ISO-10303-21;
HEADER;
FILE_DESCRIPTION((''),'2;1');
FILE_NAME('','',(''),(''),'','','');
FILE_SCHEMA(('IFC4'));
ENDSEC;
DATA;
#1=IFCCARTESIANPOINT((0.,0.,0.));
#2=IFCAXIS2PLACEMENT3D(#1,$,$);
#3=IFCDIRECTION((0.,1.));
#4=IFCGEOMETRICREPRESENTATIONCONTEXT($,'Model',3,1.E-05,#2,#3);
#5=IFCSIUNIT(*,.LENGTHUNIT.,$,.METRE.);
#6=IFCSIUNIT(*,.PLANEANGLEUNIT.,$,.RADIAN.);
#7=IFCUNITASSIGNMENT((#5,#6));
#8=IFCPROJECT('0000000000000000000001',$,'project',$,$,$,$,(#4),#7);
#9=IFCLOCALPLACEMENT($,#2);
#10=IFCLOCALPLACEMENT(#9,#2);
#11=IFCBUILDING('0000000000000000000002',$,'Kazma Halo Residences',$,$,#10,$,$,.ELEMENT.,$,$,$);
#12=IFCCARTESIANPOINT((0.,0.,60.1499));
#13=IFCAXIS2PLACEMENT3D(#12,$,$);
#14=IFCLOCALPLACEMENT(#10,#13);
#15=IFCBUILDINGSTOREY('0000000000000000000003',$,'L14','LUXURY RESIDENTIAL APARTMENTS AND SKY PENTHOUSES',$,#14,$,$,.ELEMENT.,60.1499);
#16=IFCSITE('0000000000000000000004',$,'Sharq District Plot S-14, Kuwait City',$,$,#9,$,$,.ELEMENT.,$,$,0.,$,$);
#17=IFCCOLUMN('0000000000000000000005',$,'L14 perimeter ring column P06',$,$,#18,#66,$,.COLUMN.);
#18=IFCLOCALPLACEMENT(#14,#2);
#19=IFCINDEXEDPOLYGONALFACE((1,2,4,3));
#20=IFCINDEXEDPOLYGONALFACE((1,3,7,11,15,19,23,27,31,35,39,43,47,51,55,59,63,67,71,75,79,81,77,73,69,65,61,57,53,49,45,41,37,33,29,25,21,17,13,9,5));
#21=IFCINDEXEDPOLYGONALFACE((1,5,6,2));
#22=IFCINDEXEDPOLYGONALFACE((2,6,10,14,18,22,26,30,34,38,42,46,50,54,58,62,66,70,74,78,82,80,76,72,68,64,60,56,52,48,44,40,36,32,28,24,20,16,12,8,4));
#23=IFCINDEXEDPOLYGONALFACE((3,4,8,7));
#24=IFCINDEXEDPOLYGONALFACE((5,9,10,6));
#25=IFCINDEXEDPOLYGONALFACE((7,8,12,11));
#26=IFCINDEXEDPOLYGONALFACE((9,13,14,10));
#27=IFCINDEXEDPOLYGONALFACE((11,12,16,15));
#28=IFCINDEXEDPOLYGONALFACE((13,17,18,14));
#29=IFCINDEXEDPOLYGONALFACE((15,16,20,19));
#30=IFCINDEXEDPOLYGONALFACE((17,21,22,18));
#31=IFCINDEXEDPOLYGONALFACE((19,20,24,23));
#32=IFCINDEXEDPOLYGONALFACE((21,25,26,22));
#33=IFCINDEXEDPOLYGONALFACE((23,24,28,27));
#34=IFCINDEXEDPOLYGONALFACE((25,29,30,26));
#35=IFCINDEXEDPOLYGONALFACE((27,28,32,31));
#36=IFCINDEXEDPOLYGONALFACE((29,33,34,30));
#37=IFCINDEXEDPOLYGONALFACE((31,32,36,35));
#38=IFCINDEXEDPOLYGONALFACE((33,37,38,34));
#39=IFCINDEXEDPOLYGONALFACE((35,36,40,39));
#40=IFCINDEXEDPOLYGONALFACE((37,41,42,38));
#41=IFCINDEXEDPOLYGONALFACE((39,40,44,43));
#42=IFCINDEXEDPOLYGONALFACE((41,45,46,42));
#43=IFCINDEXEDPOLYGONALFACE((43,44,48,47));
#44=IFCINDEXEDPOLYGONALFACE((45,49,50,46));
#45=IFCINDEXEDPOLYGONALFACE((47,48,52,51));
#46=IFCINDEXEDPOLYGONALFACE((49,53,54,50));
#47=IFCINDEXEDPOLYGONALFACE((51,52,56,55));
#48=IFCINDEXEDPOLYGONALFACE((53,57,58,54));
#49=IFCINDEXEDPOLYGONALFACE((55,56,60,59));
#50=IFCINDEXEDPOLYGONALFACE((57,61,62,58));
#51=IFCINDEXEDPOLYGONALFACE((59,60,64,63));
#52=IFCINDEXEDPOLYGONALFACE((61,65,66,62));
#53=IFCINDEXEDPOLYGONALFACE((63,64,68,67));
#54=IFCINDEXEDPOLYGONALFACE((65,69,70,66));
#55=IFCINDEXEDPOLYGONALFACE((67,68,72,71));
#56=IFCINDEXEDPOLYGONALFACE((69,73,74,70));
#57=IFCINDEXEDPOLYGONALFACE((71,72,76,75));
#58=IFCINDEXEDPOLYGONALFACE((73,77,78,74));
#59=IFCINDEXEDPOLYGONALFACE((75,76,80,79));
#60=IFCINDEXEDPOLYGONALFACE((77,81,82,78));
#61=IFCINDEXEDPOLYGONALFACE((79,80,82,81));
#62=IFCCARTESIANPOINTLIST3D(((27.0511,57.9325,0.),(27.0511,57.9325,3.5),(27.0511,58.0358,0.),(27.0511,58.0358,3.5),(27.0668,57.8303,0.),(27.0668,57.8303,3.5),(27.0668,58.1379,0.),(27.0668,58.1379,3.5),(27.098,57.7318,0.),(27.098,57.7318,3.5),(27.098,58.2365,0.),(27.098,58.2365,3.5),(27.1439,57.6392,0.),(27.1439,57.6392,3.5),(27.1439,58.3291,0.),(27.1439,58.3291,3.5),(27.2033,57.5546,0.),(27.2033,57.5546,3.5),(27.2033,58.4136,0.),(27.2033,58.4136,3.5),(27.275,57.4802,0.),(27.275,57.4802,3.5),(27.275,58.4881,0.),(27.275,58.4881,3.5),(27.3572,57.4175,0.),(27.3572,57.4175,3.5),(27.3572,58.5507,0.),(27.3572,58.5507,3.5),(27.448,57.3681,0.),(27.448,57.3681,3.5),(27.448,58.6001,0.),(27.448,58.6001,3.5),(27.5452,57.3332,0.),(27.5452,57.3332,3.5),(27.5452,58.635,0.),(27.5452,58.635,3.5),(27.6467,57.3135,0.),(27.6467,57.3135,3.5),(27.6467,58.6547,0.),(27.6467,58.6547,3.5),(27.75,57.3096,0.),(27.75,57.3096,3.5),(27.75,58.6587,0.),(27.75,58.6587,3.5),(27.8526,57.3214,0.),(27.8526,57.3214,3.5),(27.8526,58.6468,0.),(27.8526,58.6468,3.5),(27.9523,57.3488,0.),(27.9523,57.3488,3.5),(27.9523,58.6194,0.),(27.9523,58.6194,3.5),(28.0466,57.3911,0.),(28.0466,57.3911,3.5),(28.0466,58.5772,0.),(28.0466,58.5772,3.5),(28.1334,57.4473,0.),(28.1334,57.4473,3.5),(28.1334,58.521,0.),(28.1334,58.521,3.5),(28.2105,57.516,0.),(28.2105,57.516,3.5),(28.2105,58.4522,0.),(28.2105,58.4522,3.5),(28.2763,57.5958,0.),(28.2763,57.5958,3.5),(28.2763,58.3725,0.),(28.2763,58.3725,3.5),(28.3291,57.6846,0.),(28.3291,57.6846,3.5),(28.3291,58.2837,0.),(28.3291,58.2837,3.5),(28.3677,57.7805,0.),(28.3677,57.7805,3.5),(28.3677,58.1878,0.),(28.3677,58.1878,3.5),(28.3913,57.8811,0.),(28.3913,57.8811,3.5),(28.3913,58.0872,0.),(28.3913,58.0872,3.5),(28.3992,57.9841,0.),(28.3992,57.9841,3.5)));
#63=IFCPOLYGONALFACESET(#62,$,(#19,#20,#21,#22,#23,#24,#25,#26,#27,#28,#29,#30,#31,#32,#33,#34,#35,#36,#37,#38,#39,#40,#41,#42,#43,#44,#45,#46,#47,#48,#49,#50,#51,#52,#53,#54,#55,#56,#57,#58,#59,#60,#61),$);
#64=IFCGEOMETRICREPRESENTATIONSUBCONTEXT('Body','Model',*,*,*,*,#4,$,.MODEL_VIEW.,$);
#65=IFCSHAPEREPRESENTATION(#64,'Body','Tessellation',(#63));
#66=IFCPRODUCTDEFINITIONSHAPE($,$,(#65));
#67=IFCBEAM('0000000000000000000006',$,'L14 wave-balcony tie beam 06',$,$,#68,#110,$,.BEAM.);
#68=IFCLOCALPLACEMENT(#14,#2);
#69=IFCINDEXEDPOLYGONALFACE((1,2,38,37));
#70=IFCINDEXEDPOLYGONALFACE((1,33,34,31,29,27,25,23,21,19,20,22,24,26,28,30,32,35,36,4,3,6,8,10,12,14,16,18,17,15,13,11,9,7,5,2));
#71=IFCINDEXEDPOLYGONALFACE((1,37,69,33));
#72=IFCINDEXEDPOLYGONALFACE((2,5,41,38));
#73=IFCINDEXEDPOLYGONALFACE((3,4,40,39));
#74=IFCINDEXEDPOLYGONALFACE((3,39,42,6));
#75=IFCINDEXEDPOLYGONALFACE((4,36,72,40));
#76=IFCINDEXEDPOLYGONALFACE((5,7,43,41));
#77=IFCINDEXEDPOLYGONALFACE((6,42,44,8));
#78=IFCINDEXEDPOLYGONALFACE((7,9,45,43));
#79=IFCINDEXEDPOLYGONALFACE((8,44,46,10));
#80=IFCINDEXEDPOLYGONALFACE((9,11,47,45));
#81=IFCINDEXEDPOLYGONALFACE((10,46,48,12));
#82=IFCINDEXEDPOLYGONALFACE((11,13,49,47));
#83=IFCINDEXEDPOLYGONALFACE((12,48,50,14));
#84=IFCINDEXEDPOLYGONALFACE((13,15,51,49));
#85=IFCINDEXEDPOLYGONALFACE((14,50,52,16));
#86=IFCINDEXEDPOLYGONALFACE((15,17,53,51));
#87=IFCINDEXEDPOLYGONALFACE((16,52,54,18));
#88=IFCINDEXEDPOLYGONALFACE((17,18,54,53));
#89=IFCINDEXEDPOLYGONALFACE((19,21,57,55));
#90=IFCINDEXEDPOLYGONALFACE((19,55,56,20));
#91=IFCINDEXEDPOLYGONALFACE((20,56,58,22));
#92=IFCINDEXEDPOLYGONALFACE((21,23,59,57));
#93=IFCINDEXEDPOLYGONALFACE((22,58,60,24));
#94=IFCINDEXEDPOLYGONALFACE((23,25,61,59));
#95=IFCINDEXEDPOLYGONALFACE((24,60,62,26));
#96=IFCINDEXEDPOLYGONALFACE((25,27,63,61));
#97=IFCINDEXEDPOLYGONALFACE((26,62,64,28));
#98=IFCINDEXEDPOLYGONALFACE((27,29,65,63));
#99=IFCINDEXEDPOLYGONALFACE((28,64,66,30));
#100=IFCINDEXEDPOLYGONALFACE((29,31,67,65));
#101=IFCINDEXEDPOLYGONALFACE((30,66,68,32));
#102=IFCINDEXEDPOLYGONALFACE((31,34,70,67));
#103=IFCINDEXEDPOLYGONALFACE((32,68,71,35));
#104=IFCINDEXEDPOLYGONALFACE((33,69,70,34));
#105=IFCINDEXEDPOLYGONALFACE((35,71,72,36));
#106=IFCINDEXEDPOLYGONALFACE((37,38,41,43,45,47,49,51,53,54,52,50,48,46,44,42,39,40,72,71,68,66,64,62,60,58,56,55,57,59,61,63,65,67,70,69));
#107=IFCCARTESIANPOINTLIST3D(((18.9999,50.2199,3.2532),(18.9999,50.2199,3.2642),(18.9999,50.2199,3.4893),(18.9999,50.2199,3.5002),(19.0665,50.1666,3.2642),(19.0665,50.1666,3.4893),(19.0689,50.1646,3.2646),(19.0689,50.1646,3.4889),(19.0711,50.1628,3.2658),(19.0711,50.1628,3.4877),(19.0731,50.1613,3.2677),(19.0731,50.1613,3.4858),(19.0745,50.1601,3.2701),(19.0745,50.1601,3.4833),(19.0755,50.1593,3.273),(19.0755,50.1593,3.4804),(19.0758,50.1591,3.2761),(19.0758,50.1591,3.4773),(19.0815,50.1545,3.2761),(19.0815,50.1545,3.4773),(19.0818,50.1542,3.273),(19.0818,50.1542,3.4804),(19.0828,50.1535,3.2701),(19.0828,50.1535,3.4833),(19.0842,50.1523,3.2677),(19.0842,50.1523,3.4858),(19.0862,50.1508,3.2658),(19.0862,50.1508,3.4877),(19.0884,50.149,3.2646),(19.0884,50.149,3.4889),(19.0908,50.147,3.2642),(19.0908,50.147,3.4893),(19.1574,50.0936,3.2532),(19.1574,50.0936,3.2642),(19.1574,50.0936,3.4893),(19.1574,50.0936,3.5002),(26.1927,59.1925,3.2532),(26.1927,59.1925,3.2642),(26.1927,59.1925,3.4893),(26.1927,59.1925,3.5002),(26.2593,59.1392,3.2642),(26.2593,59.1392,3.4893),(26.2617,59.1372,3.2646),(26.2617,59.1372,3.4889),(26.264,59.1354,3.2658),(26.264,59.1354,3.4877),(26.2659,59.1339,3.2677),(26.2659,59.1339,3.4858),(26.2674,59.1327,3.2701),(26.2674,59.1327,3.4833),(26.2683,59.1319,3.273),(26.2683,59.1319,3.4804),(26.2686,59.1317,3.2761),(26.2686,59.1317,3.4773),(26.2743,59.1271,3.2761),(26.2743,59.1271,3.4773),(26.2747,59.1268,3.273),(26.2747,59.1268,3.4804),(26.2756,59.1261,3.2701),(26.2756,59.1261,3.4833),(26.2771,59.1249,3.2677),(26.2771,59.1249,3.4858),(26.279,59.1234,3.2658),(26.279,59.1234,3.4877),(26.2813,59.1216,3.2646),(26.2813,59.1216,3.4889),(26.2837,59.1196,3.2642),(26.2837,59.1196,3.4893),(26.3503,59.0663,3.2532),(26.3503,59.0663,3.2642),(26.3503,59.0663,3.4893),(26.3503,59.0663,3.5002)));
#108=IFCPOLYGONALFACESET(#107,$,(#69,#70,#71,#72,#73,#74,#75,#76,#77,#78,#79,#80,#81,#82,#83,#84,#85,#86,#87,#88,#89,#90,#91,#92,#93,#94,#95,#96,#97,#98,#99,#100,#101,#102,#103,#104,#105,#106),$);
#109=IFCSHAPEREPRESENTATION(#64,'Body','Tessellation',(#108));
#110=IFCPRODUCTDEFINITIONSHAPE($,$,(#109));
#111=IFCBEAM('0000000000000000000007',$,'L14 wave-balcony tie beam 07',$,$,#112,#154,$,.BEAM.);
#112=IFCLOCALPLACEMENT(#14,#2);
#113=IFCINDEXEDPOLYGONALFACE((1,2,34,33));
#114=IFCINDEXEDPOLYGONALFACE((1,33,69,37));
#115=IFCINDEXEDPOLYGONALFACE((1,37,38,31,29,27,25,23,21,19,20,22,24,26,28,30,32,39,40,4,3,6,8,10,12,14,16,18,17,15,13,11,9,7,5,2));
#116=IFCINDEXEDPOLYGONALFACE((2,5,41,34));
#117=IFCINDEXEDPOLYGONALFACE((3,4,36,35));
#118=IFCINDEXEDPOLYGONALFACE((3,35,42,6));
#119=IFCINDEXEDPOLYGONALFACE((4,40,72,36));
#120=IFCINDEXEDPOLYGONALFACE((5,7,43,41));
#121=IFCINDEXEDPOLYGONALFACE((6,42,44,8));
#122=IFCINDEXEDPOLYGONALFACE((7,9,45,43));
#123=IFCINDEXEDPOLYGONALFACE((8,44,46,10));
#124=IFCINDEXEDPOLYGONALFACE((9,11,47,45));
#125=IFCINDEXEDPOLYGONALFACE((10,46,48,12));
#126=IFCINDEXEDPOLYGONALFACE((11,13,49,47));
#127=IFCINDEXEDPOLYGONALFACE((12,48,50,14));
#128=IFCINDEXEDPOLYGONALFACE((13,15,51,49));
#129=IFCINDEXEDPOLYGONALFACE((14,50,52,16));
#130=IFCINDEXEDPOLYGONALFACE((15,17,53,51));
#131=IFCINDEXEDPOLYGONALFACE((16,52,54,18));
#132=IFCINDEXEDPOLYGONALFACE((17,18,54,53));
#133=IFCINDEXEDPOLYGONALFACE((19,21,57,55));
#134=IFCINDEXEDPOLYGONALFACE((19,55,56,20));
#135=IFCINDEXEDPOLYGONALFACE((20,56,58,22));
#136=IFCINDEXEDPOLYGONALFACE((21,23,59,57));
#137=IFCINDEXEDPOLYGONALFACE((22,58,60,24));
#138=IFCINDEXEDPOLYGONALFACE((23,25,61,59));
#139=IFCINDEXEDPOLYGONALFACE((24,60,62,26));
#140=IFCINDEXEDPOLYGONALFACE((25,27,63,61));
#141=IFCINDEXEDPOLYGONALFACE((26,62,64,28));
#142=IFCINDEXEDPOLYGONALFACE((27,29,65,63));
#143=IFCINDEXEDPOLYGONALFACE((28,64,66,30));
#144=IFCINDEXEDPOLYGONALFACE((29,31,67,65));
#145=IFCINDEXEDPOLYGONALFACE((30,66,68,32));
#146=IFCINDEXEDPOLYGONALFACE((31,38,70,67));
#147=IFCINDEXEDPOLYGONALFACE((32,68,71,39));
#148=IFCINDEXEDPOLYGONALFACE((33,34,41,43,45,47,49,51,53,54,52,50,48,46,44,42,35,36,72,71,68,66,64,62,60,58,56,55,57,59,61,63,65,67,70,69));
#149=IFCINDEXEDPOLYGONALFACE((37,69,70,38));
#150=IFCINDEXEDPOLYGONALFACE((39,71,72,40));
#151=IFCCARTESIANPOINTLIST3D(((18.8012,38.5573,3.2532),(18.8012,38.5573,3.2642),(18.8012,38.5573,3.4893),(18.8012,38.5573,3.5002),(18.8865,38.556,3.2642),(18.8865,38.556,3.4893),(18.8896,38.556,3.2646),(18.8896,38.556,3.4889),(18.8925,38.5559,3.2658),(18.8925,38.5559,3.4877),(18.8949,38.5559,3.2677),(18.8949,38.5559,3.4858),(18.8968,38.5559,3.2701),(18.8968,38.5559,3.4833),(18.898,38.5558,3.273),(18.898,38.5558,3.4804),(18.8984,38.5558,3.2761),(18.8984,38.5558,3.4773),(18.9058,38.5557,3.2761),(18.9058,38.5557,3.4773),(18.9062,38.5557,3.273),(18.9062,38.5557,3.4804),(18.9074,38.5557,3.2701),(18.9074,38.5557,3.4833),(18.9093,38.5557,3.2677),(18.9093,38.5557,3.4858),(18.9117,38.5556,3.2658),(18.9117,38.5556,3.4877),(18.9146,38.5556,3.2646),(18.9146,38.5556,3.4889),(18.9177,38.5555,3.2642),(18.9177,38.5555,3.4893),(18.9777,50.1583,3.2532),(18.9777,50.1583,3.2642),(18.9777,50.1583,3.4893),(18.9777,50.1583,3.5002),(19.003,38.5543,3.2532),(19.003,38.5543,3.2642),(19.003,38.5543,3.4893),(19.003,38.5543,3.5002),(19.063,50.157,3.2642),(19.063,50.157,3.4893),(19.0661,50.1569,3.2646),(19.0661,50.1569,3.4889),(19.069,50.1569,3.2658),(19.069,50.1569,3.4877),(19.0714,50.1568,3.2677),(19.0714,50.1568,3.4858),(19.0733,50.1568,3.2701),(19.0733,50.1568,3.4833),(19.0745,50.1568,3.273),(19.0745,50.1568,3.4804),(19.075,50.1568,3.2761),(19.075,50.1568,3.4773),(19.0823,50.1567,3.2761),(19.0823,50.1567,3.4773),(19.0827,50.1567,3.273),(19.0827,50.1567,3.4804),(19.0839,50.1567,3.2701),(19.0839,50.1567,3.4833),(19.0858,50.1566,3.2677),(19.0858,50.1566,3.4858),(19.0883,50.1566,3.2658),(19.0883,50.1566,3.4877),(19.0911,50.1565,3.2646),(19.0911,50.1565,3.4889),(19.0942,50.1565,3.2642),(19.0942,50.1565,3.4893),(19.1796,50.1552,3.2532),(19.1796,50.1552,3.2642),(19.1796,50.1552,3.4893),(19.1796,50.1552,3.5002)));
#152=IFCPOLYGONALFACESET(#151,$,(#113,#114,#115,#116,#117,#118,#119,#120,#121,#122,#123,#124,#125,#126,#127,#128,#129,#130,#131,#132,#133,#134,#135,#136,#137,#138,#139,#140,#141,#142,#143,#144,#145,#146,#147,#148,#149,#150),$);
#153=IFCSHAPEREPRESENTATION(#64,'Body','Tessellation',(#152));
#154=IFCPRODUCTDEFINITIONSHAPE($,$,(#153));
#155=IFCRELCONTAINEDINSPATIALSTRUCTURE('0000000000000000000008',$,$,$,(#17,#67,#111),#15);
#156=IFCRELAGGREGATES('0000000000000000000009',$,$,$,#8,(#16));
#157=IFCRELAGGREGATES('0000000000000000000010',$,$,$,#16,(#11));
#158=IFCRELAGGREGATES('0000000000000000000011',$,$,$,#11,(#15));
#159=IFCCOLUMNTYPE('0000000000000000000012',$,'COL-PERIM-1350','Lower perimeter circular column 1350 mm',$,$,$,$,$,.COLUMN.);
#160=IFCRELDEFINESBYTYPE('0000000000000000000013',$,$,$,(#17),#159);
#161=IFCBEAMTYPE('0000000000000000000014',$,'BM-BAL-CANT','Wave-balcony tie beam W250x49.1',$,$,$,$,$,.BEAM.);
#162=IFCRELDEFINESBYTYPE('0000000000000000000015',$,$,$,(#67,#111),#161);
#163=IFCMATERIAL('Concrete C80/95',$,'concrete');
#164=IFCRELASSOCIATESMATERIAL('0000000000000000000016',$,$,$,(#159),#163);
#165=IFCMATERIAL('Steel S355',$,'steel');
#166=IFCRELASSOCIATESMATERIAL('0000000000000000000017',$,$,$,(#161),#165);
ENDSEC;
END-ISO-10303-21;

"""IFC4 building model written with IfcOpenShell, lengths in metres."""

from ifc_helpers import new_model, si_unit, direction, frame, origin, origin_2d, place, context, subcontext, project, spatial, circle, i_section, extrude, material, material_profile, profile_set, type_object, element, save


model = new_model("IFC4")

# Units and contexts
model_context = context("Model", 3, precision=1e-05, world=origin(), true_north=direction((0.0, 1.0)))
body_context = subcontext(model_context, "Body", "Model", "MODEL_VIEW")
ifc_project = project(units=[si_unit("LENGTHUNIT", "METRE"), si_unit("PLANEANGLEUNIT", "RADIAN")], contexts=[model_context])

# Site, building, storey
site_placement = place(None, origin())
site = spatial("IfcSite", under=ifc_project, at=site_placement, Name="Sharq District Plot S-14, Kuwait City", CompositionType="ELEMENT", RefElevation=0.0)
building_placement = place(site_placement, origin())
building = spatial("IfcBuilding", under=site, at=building_placement, Name="Kazma Halo Residences", CompositionType="ELEMENT")
storey_placement = place(building_placement, frame((0.0, 0.0, 60.1499)))
storey = spatial("IfcBuildingStorey", under=building, at=storey_placement, Name="L14", Description="LUXURY RESIDENTIAL APARTMENTS AND SKY PENTHOUSES", CompositionType="ELEMENT", Elevation=60.1499)

# Column
ifc_material_1 = material(Name="Concrete C80/95", Category="concrete")
ifc_material_profile_1 = material_profile(ifc_material_1, circle(Radius=0.675, at=origin_2d()), Name="CIRC1350")
ifc_profile_set_1 = profile_set([ifc_material_profile_1], Name="Concrete C80/95")
column_type = type_object("IfcColumnType", Name="COL-PERIM-1350", Description="Lower perimeter circular column 1350 mm", PredefinedType="COLUMN", material=ifc_profile_set_1)
column_placement = place(storey_placement, frame((27.7241, 57.9841, 0.0), z_axis=(0.0, 0.0, 1.0), x_axis=(1.0, 0.0, 0.0)))
element("IfcColumn", 1, at=column_placement, inside=storey, type_object=column_type, Name="L14 perimeter ring column P06", PredefinedType="COLUMN", context=body_context, shape_type="SweptSolid", body=[
    extrude(circle(Radius=0.675, at=origin_2d()), origin(), (0.0, 0.0, 1.0), 3.5),
])

# Beams
ifc_material_2 = material(Name="Steel S355", Category="steel")
ifc_material_profile_2 = material_profile(ifc_material_2, i_section(OverallWidth=0.2019, OverallDepth=0.2471, WebThickness=0.0073, FlangeThickness=0.011, FilletRadius=0.012, at=origin_2d()), Name="W250x49.1")
ifc_profile_set_2 = profile_set([ifc_material_profile_2], Name="Steel S355")
beam_type_1 = type_object("IfcBeamType", Name="BM-BAL-CANT", Description="Wave-balcony tie beam W250x49.1", PredefinedType="BEAM", material=ifc_profile_set_2)
beam_1_placement = place(storey_placement, frame((26.2715, 59.1294, 3.3767), z_axis=(-0.625477, -0.780243, 0.0), x_axis=(0.780243, -0.625477, 0.0)))
element("IfcBeam", 2, at=beam_1_placement, inside=storey, type_object=beam_type_1, Name="L14 wave-balcony tie beam 06", PredefinedType="BEAM", context=body_context, shape_type="SweptSolid", body=[
    extrude(i_section(OverallWidth=0.2019, OverallDepth=0.2471, WebThickness=0.0073, FlangeThickness=0.011, FilletRadius=0.012, at=origin_2d()), origin(), (0.0, 0.0, 1.0), 11.4998),
])
beam_2_placement = place(storey_placement, frame((19.0786, 50.1567, 3.3767), z_axis=(-0.015214, -0.999884, 0.0), x_axis=(0.999884, -0.015214, 0.0)))
element("IfcBeam", 3, at=beam_2_placement, inside=storey, type_object=beam_type_1, Name="L14 wave-balcony tie beam 07", PredefinedType="BEAM", context=body_context, shape_type="SweptSolid", body=[
    extrude(i_section(OverallWidth=0.2019, OverallDepth=0.2471, WebThickness=0.0073, FlangeThickness=0.011, FilletRadius=0.012, at=origin_2d()), origin(), (0.0, 0.0, 1.0), 11.6023),
])

save(model, "model.ifc")
